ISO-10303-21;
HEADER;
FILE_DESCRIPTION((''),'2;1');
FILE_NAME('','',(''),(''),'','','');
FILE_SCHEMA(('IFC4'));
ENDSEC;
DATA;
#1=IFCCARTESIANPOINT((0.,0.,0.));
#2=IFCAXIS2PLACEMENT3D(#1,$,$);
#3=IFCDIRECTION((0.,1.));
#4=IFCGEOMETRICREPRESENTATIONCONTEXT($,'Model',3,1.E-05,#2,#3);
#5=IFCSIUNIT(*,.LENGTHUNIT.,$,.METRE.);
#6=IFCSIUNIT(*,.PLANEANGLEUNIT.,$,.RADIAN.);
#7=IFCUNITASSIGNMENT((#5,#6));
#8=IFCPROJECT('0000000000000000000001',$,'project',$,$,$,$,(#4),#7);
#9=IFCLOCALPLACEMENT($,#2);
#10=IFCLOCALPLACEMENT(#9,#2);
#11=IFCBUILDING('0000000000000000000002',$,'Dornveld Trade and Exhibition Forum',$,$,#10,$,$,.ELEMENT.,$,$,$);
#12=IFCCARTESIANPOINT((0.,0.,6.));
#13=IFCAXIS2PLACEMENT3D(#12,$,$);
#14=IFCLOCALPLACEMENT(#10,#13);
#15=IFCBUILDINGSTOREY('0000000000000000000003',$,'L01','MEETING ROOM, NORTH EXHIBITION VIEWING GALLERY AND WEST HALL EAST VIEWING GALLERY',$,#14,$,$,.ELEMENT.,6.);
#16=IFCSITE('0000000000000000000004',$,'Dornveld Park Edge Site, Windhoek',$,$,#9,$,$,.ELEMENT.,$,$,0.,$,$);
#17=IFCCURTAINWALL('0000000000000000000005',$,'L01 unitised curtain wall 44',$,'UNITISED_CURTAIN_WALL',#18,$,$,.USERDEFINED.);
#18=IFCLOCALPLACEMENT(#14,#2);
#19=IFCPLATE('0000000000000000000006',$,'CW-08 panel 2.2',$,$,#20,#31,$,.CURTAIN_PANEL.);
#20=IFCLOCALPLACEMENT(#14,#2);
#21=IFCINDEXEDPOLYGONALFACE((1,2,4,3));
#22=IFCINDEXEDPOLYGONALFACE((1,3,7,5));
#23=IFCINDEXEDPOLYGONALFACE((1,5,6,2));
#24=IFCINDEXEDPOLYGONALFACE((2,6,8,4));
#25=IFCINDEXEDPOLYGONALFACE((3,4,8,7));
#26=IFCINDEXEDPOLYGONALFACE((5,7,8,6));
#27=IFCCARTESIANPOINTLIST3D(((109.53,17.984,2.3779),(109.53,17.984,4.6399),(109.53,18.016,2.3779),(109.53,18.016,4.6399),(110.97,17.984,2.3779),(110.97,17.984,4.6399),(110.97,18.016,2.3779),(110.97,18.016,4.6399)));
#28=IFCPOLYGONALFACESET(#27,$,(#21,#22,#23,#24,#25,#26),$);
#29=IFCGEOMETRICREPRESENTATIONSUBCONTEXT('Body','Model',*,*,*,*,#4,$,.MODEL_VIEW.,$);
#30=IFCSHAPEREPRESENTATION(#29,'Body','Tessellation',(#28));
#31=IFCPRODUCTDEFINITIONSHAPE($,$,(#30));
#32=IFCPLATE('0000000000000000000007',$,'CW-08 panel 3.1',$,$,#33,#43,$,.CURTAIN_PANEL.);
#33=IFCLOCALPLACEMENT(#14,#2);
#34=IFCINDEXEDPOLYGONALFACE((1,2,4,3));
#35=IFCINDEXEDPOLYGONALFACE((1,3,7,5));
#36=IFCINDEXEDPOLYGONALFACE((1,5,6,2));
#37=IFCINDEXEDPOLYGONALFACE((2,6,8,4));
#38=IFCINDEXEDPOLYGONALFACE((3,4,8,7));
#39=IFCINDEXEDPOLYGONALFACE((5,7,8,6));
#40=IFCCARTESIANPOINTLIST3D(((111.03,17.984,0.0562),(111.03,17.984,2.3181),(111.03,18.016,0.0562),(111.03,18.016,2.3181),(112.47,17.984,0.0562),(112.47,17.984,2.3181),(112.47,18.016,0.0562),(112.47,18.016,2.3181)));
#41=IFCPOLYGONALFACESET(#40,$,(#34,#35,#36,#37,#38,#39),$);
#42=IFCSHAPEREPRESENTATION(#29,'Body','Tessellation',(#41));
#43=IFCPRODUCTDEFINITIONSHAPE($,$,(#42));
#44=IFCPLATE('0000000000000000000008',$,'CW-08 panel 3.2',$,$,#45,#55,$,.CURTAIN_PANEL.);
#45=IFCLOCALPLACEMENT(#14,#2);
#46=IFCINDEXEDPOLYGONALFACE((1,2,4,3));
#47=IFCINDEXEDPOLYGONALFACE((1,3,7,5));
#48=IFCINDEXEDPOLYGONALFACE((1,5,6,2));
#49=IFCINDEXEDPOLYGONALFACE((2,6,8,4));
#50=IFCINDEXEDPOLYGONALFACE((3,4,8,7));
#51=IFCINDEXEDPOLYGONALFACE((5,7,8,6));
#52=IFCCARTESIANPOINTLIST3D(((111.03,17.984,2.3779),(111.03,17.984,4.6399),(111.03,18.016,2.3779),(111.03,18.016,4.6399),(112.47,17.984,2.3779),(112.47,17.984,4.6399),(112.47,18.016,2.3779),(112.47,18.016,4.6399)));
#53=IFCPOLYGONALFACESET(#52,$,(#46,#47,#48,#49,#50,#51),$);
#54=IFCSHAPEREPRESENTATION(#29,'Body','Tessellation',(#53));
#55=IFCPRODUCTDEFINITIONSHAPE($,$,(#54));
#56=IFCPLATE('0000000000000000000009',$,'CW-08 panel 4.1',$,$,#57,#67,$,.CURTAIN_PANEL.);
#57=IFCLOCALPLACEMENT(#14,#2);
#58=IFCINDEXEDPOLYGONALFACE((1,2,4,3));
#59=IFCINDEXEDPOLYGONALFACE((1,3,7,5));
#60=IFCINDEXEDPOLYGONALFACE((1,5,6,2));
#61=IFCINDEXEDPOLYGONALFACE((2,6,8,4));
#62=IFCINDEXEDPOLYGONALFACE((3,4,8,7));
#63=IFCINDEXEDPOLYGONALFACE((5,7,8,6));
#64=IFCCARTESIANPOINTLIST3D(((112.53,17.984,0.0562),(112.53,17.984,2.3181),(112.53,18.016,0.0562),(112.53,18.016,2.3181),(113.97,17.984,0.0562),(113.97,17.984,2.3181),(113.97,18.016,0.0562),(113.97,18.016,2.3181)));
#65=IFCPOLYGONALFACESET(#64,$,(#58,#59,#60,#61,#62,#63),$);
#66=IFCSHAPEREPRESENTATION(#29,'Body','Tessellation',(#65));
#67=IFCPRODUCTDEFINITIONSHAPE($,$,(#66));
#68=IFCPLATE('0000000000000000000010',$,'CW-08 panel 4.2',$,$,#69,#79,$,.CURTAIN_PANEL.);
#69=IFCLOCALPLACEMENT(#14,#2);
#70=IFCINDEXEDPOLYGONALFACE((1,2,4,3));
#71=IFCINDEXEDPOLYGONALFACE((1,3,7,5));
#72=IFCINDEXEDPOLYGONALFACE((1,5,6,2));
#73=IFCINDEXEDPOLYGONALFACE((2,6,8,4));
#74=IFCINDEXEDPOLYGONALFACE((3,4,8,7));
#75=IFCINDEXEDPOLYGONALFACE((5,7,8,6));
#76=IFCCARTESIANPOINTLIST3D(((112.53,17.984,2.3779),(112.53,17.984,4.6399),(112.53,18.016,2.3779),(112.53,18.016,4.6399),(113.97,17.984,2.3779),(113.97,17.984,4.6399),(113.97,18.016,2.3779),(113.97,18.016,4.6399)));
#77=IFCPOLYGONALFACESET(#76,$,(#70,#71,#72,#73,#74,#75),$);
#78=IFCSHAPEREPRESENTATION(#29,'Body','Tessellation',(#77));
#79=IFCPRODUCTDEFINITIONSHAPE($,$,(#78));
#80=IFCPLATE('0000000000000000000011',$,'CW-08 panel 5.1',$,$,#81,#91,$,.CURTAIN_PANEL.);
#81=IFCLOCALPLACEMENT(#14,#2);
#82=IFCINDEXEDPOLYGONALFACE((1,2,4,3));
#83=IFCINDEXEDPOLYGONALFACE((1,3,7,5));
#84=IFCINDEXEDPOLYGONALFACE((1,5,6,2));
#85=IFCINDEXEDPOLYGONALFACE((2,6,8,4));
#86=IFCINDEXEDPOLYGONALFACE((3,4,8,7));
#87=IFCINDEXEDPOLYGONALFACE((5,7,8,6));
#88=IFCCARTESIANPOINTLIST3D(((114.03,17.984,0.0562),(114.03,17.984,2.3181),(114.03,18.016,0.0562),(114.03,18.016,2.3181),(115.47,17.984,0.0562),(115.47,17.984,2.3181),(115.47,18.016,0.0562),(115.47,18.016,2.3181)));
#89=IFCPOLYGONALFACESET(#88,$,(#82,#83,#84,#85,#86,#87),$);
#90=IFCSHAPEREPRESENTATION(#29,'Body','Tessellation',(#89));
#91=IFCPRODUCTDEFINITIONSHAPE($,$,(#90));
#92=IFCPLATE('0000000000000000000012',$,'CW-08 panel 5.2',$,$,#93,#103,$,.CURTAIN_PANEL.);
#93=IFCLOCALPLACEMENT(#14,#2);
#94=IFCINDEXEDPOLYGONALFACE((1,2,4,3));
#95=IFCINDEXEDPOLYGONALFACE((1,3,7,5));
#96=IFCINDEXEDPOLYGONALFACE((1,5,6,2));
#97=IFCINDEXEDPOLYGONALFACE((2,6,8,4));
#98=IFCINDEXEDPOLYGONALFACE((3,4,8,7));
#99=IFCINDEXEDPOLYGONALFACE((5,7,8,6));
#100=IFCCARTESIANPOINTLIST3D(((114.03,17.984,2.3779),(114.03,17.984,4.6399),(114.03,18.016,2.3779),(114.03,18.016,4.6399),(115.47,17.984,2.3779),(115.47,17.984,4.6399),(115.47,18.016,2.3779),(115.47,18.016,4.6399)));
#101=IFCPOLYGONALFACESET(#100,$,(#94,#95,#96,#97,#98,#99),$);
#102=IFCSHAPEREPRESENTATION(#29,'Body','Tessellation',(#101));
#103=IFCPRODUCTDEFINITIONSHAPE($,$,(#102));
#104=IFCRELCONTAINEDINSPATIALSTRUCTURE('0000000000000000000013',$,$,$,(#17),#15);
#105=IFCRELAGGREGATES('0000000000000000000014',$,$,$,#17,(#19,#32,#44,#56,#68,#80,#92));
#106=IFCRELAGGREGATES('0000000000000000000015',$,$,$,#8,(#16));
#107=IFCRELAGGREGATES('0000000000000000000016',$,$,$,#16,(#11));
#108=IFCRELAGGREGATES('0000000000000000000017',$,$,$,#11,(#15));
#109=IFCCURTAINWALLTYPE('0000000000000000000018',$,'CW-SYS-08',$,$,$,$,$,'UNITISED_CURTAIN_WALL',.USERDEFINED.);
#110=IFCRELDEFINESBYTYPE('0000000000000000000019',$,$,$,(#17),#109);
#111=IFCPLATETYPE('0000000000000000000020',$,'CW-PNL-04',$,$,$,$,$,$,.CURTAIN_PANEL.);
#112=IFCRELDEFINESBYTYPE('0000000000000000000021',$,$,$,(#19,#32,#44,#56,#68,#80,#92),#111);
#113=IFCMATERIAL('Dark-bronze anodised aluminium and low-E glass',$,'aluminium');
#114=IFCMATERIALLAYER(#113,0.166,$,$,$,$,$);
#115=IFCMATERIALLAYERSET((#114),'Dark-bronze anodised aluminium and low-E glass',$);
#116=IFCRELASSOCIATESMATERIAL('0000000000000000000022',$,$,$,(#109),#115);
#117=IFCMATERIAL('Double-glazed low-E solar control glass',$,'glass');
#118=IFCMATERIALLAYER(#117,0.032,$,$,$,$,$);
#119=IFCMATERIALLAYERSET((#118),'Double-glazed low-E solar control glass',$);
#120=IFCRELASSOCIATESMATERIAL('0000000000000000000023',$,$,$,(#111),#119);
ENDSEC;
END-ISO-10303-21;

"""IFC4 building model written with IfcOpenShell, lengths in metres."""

from ifc_helpers import new_model, si_unit, direction, frame, origin, origin_2d, place, context, subcontext, project, spatial, rectangle, extrude, material, layer, layer_set, type_object, element, aggregate, save


model = new_model("IFC4")

# Units and contexts
model_context = context("Model", 3, precision=1e-05, world=origin(), true_north=direction((0.0, 1.0)))
body_context = subcontext(model_context, "Body", "Model", "MODEL_VIEW")
ifc_project = project(units=[si_unit("LENGTHUNIT", "METRE"), si_unit("PLANEANGLEUNIT", "RADIAN")], contexts=[model_context])

# Site, building, storey
site_placement = place(None, origin())
site = spatial("IfcSite", under=ifc_project, at=site_placement, Name="Dornveld Park Edge Site, Windhoek", CompositionType="ELEMENT", RefElevation=0.0)
building_placement = place(site_placement, origin())
building = spatial("IfcBuilding", under=site, at=building_placement, Name="Dornveld Trade and Exhibition Forum", CompositionType="ELEMENT")
storey_placement = place(building_placement, frame((0.0, 0.0, 6.0)))
storey = spatial("IfcBuildingStorey", under=building, at=storey_placement, Name="L01", Description="MEETING ROOM, NORTH EXHIBITION VIEWING GALLERY AND WEST HALL EAST VIEWING GALLERY", CompositionType="ELEMENT", Elevation=6.0)

# Curtain wall, plates
ifc_material_1 = material(Name="Dark-bronze anodised aluminium and low-E glass", Category="aluminium")
ifc_layer_1 = layer(ifc_material_1, 0.166)
ifc_layer_set_1 = layer_set([ifc_layer_1], Name="Dark-bronze anodised aluminium and low-E glass")
curtain_wall_type = type_object("IfcCurtainWallType", Name="CW-SYS-08", ElementType="UNITISED_CURTAIN_WALL", PredefinedType="USERDEFINED", material=ifc_layer_set_1)
curtain_wall_placement = place(storey_placement, origin())
curtain_wall = element("IfcCurtainWall", 1, at=curtain_wall_placement, inside=storey, type_object=curtain_wall_type, Name="L01 unitised curtain wall 44", ObjectType="UNITISED_CURTAIN_WALL", PredefinedType="USERDEFINED")
ifc_material_2 = material(Name="Double-glazed low-E solar control glass", Category="glass")
ifc_layer_2 = layer(ifc_material_2, 0.032)
ifc_layer_set_2 = layer_set([ifc_layer_2], Name="Double-glazed low-E solar control glass")
plate_type = type_object("IfcPlateType", Name="CW-PNL-04", PredefinedType="CURTAIN_PANEL", material=ifc_layer_set_2)
plate_1_placement = place(storey_placement, frame((110.25, 18.0, 2.3779), z_axis=(0.0, 0.0, 1.0), x_axis=(1.0, 0.0, 0.0)))
plate_1 = element("IfcPlate", 2, at=plate_1_placement, type_object=plate_type, Name="CW-08 panel 2.2", PredefinedType="CURTAIN_PANEL", context=body_context, shape_type="SweptSolid", body=[
    extrude(rectangle(XDim=1.4399, YDim=0.032, at=origin_2d()), origin(), (0.0, 0.0, 1.0), 2.262),
])
plate_2_placement = place(storey_placement, frame((111.75, 18.0, 0.0562), z_axis=(0.0, 0.0, 1.0), x_axis=(1.0, 0.0, 0.0)))
plate_2 = element("IfcPlate", 3, at=plate_2_placement, type_object=plate_type, Name="CW-08 panel 3.1", PredefinedType="CURTAIN_PANEL", context=body_context, shape_type="SweptSolid", body=[
    extrude(rectangle(XDim=1.4399, YDim=0.032, at=origin_2d()), origin(), (0.0, 0.0, 1.0), 2.262),
])
plate_3_placement = place(storey_placement, frame((111.75, 18.0, 2.3779), z_axis=(0.0, 0.0, 1.0), x_axis=(1.0, 0.0, 0.0)))
plate_3 = element("IfcPlate", 4, at=plate_3_placement, type_object=plate_type, Name="CW-08 panel 3.2", PredefinedType="CURTAIN_PANEL", context=body_context, shape_type="SweptSolid", body=[
    extrude(rectangle(XDim=1.4399, YDim=0.032, at=origin_2d()), origin(), (0.0, 0.0, 1.0), 2.262),
])
plate_4_placement = place(storey_placement, frame((113.25, 18.0, 0.0562), z_axis=(0.0, 0.0, 1.0), x_axis=(1.0, 0.0, 0.0)))
plate_4 = element("IfcPlate", 5, at=plate_4_placement, type_object=plate_type, Name="CW-08 panel 4.1", PredefinedType="CURTAIN_PANEL", context=body_context, shape_type="SweptSolid", body=[
    extrude(rectangle(XDim=1.4399, YDim=0.032, at=origin_2d()), origin(), (0.0, 0.0, 1.0), 2.262),
])
plate_5_placement = place(storey_placement, frame((113.25, 18.0, 2.3779), z_axis=(0.0, 0.0, 1.0), x_axis=(1.0, 0.0, 0.0)))
plate_5 = element("IfcPlate", 6, at=plate_5_placement, type_object=plate_type, Name="CW-08 panel 4.2", PredefinedType="CURTAIN_PANEL", context=body_context, shape_type="SweptSolid", body=[
    extrude(rectangle(XDim=1.4399, YDim=0.032, at=origin_2d()), origin(), (0.0, 0.0, 1.0), 2.262),
])
plate_6_placement = place(storey_placement, frame((114.75, 18.0, 0.0562), z_axis=(0.0, 0.0, 1.0), x_axis=(1.0, 0.0, 0.0)))
plate_6 = element("IfcPlate", 7, at=plate_6_placement, type_object=plate_type, Name="CW-08 panel 5.1", PredefinedType="CURTAIN_PANEL", context=body_context, shape_type="SweptSolid", body=[
    extrude(rectangle(XDim=1.4399, YDim=0.032, at=origin_2d()), origin(), (0.0, 0.0, 1.0), 2.262),
])
plate_7_placement = place(storey_placement, frame((114.75, 18.0, 2.3779), z_axis=(0.0, 0.0, 1.0), x_axis=(1.0, 0.0, 0.0)))
plate_7 = element("IfcPlate", 8, at=plate_7_placement, type_object=plate_type, Name="CW-08 panel 5.2", PredefinedType="CURTAIN_PANEL", context=body_context, shape_type="SweptSolid", body=[
    extrude(rectangle(XDim=1.4399, YDim=0.032, at=origin_2d()), origin(), (0.0, 0.0, 1.0), 2.262),
])
aggregate(curtain_wall, [plate_1, plate_2, plate_3, plate_4, plate_5, plate_6, plate_7])

save(model, "model.ifc")
